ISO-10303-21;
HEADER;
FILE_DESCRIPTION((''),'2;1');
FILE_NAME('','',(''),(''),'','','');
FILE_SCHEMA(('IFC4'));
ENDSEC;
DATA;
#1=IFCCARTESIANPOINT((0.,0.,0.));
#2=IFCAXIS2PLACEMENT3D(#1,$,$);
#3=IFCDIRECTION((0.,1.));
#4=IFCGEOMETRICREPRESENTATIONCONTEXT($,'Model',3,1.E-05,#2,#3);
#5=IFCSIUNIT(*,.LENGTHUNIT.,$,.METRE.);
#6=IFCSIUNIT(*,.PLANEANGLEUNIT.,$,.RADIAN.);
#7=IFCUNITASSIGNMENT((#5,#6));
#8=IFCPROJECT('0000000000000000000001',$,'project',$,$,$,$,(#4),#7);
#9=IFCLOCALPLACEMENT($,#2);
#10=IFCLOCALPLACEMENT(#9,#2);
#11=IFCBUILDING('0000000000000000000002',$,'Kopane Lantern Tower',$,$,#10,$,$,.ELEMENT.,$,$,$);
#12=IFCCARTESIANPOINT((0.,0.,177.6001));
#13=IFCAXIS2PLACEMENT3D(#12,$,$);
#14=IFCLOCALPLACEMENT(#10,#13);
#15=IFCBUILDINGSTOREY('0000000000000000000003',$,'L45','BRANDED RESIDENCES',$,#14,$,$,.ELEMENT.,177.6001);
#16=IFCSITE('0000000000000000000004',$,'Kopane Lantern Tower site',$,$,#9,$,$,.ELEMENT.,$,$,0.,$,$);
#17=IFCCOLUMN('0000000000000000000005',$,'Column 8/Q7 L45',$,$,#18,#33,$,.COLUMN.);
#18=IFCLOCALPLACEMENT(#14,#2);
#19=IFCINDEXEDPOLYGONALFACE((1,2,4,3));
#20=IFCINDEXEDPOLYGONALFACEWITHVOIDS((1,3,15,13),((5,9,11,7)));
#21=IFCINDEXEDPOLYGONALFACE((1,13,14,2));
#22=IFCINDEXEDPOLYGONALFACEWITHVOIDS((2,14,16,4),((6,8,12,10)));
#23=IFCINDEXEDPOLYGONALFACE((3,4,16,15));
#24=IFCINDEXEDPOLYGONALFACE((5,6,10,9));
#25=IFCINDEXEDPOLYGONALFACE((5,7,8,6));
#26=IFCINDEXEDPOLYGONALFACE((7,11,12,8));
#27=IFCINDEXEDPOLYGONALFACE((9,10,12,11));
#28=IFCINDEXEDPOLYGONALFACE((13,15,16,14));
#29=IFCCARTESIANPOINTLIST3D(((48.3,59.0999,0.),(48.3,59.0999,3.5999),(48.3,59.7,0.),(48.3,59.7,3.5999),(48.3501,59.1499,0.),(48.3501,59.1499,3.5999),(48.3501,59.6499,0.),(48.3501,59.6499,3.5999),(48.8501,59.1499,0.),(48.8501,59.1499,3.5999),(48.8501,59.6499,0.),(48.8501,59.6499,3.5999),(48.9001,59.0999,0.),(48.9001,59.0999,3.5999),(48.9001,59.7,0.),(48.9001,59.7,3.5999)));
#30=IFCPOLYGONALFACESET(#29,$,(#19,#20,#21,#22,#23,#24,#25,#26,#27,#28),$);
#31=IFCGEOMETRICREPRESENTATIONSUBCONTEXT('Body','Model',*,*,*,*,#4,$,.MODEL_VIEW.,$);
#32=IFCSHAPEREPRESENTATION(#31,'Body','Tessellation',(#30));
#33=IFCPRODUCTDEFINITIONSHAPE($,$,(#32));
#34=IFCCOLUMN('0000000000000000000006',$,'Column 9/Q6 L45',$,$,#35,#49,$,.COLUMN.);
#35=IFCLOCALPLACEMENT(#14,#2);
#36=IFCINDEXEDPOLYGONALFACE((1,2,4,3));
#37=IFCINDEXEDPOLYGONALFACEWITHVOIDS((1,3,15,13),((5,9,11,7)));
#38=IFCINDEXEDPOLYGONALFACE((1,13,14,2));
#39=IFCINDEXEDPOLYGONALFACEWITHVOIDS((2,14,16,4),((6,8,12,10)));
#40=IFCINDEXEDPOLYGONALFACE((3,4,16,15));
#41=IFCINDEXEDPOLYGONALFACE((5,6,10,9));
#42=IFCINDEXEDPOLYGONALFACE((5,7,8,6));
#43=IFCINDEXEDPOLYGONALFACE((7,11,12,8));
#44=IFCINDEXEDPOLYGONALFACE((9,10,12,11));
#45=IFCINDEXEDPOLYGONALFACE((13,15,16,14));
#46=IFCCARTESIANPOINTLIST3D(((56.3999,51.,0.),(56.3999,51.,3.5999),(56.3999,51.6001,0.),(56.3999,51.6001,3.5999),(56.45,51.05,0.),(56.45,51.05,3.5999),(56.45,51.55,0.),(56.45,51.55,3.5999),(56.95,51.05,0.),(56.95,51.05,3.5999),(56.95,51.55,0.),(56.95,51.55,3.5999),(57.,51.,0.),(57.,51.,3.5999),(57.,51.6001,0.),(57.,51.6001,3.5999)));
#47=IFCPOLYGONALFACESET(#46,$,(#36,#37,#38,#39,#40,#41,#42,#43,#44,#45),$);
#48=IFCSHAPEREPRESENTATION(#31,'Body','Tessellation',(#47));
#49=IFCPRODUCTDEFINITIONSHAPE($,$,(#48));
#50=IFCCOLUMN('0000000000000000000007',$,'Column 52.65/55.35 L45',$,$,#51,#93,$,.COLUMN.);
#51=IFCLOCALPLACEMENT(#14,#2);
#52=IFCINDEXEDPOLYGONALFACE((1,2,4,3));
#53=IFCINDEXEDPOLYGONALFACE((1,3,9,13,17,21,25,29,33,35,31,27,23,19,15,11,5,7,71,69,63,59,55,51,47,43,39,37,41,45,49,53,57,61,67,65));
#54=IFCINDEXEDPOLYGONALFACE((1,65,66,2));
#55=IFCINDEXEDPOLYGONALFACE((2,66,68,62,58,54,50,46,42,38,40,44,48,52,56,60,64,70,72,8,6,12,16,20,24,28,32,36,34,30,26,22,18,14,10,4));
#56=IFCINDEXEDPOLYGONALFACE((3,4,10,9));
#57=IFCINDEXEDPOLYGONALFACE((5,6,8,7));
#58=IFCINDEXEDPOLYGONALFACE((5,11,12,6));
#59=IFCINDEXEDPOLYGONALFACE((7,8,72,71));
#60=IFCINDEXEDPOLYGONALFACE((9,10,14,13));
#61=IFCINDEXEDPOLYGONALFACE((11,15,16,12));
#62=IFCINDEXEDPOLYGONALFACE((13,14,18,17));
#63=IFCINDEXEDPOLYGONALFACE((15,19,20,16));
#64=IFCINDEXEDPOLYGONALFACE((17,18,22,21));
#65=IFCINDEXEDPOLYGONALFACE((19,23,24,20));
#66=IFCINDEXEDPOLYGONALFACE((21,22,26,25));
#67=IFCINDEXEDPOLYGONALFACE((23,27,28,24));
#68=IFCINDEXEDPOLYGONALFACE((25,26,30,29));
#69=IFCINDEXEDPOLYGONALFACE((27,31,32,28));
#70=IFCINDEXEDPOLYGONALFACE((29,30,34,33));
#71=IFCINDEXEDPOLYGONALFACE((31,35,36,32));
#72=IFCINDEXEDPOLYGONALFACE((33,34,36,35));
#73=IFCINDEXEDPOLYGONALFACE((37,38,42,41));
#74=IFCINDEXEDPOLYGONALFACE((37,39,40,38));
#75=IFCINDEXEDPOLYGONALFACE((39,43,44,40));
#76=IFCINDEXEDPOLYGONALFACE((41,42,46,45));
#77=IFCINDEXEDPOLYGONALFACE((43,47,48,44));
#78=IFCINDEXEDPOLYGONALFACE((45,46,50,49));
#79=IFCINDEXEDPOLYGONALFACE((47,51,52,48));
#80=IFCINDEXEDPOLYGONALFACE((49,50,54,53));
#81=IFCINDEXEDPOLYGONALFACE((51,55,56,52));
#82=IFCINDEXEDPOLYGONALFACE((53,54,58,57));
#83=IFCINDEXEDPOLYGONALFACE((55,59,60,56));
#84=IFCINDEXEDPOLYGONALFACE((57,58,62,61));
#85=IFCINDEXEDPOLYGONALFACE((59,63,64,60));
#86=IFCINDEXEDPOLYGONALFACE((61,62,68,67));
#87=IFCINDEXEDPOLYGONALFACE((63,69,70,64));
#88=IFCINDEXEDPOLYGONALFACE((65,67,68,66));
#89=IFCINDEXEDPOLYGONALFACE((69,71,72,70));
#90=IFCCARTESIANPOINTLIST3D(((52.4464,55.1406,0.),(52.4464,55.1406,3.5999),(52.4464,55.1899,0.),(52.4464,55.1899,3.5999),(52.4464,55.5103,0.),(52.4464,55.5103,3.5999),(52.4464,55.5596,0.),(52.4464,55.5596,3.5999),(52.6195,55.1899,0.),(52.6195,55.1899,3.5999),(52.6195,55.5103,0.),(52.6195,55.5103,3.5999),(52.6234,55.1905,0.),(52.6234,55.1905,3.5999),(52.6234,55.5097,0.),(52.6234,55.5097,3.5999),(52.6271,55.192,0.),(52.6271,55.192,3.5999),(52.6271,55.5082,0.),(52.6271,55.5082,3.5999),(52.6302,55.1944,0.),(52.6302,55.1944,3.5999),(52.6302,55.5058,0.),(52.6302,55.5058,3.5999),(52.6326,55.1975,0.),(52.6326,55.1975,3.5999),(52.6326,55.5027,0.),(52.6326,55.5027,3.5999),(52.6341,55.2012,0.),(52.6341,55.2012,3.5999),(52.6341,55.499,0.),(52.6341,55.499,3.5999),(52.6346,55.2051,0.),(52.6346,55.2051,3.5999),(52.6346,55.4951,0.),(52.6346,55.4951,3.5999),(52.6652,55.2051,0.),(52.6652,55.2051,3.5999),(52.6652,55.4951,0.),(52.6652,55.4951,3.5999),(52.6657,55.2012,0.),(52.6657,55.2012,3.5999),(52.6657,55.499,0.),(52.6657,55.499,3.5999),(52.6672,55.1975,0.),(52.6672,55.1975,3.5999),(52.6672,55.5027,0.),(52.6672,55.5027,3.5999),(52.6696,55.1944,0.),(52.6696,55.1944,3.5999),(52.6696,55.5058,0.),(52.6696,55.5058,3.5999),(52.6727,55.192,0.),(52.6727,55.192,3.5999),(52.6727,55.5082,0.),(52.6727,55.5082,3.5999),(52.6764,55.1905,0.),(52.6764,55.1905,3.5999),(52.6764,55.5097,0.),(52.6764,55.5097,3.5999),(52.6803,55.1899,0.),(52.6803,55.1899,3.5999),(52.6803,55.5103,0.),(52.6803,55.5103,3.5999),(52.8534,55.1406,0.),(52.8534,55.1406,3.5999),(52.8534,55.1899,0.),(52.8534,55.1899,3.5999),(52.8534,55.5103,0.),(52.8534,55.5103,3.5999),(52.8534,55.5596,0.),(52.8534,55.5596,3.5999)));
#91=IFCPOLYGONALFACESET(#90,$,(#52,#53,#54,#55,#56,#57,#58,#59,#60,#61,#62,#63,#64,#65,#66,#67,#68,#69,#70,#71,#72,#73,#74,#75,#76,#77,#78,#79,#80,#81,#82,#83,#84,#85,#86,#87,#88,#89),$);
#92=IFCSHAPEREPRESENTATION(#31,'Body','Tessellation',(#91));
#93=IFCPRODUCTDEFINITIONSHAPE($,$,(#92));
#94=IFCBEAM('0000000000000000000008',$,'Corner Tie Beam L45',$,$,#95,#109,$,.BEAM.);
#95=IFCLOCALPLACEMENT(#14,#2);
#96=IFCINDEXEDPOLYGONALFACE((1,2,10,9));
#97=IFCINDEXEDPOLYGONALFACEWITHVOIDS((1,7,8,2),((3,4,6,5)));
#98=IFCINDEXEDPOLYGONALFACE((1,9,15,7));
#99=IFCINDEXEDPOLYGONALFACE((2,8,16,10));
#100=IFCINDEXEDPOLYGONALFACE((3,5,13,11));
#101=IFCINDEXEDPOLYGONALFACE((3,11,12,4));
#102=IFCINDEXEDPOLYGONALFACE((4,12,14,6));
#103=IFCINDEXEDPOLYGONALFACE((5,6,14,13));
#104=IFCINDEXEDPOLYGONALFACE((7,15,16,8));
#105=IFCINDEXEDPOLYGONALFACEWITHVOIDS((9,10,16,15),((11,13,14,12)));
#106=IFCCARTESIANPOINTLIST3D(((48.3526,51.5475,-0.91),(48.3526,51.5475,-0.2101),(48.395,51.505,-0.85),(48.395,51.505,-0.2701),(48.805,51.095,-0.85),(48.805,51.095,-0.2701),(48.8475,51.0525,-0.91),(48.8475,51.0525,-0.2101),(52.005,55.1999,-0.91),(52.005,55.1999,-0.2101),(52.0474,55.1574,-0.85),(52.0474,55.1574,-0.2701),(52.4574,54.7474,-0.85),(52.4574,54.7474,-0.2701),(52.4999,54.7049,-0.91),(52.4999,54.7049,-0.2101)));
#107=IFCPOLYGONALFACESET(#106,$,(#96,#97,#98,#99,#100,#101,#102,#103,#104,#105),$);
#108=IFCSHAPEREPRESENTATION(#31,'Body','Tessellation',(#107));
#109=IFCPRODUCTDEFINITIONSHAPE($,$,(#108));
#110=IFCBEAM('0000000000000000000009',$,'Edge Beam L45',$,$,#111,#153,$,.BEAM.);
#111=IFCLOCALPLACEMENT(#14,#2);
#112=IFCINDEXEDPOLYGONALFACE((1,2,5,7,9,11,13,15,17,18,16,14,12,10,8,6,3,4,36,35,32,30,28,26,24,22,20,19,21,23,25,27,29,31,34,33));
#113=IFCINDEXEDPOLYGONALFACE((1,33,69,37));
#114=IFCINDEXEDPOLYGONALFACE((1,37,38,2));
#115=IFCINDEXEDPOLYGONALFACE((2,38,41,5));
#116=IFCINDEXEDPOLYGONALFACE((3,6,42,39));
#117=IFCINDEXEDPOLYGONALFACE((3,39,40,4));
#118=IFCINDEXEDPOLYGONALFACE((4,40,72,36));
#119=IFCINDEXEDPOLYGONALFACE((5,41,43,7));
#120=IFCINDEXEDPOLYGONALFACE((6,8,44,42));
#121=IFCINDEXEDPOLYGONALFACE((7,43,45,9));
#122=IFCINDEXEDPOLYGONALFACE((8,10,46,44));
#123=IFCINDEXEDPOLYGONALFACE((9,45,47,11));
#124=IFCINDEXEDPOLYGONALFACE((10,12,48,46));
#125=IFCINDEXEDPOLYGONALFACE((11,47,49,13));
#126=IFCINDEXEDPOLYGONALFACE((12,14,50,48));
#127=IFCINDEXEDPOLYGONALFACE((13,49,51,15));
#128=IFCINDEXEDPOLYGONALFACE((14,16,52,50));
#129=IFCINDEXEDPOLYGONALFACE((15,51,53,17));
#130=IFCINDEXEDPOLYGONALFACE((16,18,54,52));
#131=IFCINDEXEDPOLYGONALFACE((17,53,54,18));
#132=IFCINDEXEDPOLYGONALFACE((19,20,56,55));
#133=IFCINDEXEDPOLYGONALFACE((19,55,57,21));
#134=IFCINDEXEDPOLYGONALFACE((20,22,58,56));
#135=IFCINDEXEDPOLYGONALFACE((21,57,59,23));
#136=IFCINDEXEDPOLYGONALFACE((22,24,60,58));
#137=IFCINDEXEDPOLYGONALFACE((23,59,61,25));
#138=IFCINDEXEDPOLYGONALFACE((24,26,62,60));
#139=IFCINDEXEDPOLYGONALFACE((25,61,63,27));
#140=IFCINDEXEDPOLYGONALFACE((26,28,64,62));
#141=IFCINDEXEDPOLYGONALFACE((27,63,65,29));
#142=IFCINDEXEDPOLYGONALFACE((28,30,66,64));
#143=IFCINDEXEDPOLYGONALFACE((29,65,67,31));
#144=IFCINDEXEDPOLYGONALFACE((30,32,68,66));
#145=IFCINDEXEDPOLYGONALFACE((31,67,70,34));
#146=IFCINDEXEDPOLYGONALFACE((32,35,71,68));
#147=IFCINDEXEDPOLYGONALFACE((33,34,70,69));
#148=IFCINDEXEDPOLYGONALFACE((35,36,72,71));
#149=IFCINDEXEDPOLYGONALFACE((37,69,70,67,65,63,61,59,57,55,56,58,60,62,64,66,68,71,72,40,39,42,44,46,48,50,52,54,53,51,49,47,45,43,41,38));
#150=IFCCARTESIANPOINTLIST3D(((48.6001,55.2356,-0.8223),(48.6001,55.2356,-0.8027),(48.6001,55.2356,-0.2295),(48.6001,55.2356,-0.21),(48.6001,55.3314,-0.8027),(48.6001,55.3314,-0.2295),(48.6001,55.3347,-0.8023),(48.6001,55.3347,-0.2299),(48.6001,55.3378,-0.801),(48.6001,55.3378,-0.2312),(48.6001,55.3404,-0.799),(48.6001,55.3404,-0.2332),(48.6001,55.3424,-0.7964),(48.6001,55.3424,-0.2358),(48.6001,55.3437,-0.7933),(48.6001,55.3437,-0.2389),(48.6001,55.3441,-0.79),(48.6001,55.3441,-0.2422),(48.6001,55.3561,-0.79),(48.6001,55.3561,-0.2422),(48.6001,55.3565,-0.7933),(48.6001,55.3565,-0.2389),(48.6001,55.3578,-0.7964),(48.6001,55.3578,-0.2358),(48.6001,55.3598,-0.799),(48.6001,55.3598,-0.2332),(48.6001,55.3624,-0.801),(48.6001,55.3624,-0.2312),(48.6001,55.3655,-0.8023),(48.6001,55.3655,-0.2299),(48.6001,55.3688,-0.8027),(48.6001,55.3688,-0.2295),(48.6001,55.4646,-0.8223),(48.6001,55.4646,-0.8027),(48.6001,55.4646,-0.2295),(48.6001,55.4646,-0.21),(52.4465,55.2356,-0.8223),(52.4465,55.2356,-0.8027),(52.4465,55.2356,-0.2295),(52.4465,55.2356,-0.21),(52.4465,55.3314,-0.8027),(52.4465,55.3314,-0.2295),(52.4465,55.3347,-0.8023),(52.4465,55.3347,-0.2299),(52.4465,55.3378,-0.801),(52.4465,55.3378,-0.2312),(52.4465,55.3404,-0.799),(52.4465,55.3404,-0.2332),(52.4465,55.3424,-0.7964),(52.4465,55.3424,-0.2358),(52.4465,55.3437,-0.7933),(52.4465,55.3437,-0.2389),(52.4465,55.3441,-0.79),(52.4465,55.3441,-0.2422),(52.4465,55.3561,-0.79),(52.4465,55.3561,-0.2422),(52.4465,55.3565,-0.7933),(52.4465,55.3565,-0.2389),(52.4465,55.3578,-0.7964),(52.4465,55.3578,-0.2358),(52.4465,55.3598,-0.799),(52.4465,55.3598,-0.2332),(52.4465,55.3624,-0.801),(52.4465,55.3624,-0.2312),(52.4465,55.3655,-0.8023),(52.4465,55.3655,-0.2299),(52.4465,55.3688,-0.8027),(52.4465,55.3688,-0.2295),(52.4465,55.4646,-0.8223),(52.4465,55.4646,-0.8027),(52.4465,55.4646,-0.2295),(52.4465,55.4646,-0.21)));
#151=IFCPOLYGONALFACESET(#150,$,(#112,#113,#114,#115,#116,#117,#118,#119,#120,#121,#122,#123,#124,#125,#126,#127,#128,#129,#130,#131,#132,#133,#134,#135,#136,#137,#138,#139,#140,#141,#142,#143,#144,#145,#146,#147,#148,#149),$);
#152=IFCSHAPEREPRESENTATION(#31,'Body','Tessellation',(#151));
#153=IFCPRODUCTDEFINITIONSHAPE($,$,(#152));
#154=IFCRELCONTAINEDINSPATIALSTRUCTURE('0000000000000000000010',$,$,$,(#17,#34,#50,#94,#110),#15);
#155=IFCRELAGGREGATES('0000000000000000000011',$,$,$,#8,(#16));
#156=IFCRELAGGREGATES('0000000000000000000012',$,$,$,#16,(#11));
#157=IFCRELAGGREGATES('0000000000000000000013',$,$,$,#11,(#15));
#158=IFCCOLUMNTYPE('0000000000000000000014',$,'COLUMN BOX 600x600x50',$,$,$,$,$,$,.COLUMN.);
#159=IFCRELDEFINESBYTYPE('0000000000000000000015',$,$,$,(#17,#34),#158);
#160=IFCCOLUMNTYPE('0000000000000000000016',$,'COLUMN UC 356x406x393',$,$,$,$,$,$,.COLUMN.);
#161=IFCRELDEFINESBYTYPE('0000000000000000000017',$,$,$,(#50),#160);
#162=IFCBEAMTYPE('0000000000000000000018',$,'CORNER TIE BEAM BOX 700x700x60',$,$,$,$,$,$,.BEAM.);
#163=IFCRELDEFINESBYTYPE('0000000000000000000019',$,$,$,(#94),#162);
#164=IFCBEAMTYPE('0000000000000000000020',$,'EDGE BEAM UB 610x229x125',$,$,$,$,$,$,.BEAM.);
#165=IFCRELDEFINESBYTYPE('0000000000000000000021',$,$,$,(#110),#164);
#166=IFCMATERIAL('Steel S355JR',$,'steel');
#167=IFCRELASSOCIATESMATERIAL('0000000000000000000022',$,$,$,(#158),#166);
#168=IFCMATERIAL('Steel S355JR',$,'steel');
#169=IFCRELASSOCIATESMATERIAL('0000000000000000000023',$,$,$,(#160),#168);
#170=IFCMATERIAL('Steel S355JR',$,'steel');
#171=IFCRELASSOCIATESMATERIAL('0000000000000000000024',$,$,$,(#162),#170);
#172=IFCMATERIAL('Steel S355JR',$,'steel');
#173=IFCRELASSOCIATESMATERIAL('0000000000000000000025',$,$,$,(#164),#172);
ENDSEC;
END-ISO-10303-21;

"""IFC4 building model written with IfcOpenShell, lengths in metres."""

from ifc_helpers import new_model, si_unit, direction, frame, origin, origin_2d, place, context, subcontext, project, spatial, hollow_rectangle, i_section, extrude, material, material_profile, profile_set, type_object, element, save


model = new_model("IFC4")

# Units and contexts
model_context = context("Model", 3, precision=1e-05, world=origin(), true_north=direction((0.0, 1.0)))
body_context = subcontext(model_context, "Body", "Model", "MODEL_VIEW")
ifc_project = project(units=[si_unit("LENGTHUNIT", "METRE"), si_unit("PLANEANGLEUNIT", "RADIAN")], contexts=[model_context])

# Site, building, storey
site_placement = place(None, origin())
site = spatial("IfcSite", under=ifc_project, at=site_placement, Name="Kopane Lantern Tower site", CompositionType="ELEMENT", RefElevation=0.0)
building_placement = place(site_placement, origin())
building = spatial("IfcBuilding", under=site, at=building_placement, Name="Kopane Lantern Tower", CompositionType="ELEMENT")
storey_placement = place(building_placement, frame((0.0, 0.0, 177.6001)))
storey = spatial("IfcBuildingStorey", under=building, at=storey_placement, Name="L45", Description="BRANDED RESIDENCES", CompositionType="ELEMENT", Elevation=177.6001)

# Columns
ifc_material_1 = material(Name="Steel S355JR", Category="steel")
ifc_material_profile_1 = material_profile(ifc_material_1, hollow_rectangle(XDim=0.6001, YDim=0.6001, WallThickness=0.05, at=origin_2d()), Name="BOX 600x600x50")
ifc_profile_set_1 = profile_set([ifc_material_profile_1], Name="Steel S355JR")
column_type_1 = type_object("IfcColumnType", Name="COLUMN BOX 600x600x50", PredefinedType="COLUMN", material=ifc_profile_set_1)
for number, where, z_axis, x_axis, name in (
    (1, (48.6001, 59.3999, 0.0), (0.0, 0.0, 1.0), (1.0, 0.0, 0.0), "Column 8/Q7 L45"),
    (2, (56.7, 51.3, 0.0), (0.0, 0.0, 1.0), (1.0, 0.0, 0.0), "Column 9/Q6 L45"),
):
    element("IfcColumn", number, at=place(storey_placement, frame(where, z_axis=z_axis, x_axis=x_axis)), inside=storey, type_object=column_type_1, Name=name, PredefinedType="COLUMN", context=body_context, shape_type="SweptSolid", body=[
        extrude(hollow_rectangle(XDim=0.6001, YDim=0.6001, WallThickness=0.05, at=origin_2d()), origin(), (0.0, 0.0, 1.0), 3.5999),
    ])
ifc_material_2 = material(Name="Steel S355JR", Category="steel")
ifc_material_profile_2 = material_profile(ifc_material_2, i_section(OverallWidth=0.407, OverallDepth=0.4189, WebThickness=0.0305, FlangeThickness=0.0493, FilletRadius=0.0151, at=origin_2d()), Name="UC 356x406x393")
ifc_profile_set_2 = profile_set([ifc_material_profile_2], Name="Steel S355JR")
column_type_2 = type_object("IfcColumnType", Name="COLUMN UC 356x406x393", PredefinedType="COLUMN", material=ifc_profile_set_2)
column_placement = place(storey_placement, frame((52.6499, 55.3501, 0.0), z_axis=(0.0, 0.0, 1.0), x_axis=(1.0, 0.0, 0.0)))
element("IfcColumn", 3, at=column_placement, inside=storey, type_object=column_type_2, Name="Column 52.65/55.35 L45", PredefinedType="COLUMN", context=body_context, shape_type="SweptSolid", body=[
    extrude(i_section(OverallWidth=0.407, OverallDepth=0.4189, WebThickness=0.0305, FlangeThickness=0.0493, FilletRadius=0.0151, at=origin_2d()), origin(), (0.0, 0.0, 1.0), 3.5999),
])

# Beams
ifc_material_3 = material(Name="Steel S355JR", Category="steel")
ifc_material_profile_3 = material_profile(ifc_material_3, hollow_rectangle(XDim=0.7, YDim=0.7, WallThickness=0.0601, at=origin_2d()), Name="BOX 700x700x60")
ifc_profile_set_3 = profile_set([ifc_material_profile_3], Name="Steel S355JR")
beam_type_1 = type_object("IfcBeamType", Name="CORNER TIE BEAM BOX 700x700x60", PredefinedType="BEAM", material=ifc_profile_set_3)
beam_placement = place(storey_placement, frame((52.2524, 54.9524, -0.5601), z_axis=(-0.707107, -0.707107, 0.0), x_axis=(0.707107, -0.707107, 0.0)))
element("IfcBeam", 4, at=beam_placement, inside=storey, type_object=beam_type_1, Name="Corner Tie Beam L45", PredefinedType="BEAM", context=body_context, shape_type="SweptSolid", body=[
    extrude(hollow_rectangle(XDim=0.7, YDim=0.7, WallThickness=0.0601, at=origin_2d()), origin(), (0.0, 0.0, 1.0), 5.1653),
])
ifc_material_4 = material(Name="Steel S355JR", Category="steel")
ifc_material_profile_4 = material_profile(ifc_material_4, i_section(OverallWidth=0.229, OverallDepth=0.6123, WebThickness=0.012, FlangeThickness=0.0195, FilletRadius=0.0127, at=origin_2d()), Name="UB 610x229x125")
ifc_profile_set_4 = profile_set([ifc_material_profile_4], Name="Steel S355JR")
beam_type_2 = type_object("IfcBeamType", Name="EDGE BEAM UB 610x229x125", PredefinedType="BEAM", material=ifc_profile_set_4)
for number, where, z_axis, x_axis, name in (
    (5, (52.4465, 55.3501, -0.5161), (-1.0, 0.0, 0.0), (0.0, -1.0, 0.0), "Edge Beam L45"),
):
    element("IfcBeam", number, at=place(storey_placement, frame(where, z_axis=z_axis, x_axis=x_axis)), inside=storey, type_object=beam_type_2, Name=name, PredefinedType="BEAM", context=body_context, shape_type="SweptSolid", body=[
        extrude(i_section(OverallWidth=0.229, OverallDepth=0.6123, WebThickness=0.012, FlangeThickness=0.0195, FilletRadius=0.0127, at=origin_2d()), origin(), (0.0, 0.0, 1.0), 3.8464),
    ])

save(model, "model.ifc")
